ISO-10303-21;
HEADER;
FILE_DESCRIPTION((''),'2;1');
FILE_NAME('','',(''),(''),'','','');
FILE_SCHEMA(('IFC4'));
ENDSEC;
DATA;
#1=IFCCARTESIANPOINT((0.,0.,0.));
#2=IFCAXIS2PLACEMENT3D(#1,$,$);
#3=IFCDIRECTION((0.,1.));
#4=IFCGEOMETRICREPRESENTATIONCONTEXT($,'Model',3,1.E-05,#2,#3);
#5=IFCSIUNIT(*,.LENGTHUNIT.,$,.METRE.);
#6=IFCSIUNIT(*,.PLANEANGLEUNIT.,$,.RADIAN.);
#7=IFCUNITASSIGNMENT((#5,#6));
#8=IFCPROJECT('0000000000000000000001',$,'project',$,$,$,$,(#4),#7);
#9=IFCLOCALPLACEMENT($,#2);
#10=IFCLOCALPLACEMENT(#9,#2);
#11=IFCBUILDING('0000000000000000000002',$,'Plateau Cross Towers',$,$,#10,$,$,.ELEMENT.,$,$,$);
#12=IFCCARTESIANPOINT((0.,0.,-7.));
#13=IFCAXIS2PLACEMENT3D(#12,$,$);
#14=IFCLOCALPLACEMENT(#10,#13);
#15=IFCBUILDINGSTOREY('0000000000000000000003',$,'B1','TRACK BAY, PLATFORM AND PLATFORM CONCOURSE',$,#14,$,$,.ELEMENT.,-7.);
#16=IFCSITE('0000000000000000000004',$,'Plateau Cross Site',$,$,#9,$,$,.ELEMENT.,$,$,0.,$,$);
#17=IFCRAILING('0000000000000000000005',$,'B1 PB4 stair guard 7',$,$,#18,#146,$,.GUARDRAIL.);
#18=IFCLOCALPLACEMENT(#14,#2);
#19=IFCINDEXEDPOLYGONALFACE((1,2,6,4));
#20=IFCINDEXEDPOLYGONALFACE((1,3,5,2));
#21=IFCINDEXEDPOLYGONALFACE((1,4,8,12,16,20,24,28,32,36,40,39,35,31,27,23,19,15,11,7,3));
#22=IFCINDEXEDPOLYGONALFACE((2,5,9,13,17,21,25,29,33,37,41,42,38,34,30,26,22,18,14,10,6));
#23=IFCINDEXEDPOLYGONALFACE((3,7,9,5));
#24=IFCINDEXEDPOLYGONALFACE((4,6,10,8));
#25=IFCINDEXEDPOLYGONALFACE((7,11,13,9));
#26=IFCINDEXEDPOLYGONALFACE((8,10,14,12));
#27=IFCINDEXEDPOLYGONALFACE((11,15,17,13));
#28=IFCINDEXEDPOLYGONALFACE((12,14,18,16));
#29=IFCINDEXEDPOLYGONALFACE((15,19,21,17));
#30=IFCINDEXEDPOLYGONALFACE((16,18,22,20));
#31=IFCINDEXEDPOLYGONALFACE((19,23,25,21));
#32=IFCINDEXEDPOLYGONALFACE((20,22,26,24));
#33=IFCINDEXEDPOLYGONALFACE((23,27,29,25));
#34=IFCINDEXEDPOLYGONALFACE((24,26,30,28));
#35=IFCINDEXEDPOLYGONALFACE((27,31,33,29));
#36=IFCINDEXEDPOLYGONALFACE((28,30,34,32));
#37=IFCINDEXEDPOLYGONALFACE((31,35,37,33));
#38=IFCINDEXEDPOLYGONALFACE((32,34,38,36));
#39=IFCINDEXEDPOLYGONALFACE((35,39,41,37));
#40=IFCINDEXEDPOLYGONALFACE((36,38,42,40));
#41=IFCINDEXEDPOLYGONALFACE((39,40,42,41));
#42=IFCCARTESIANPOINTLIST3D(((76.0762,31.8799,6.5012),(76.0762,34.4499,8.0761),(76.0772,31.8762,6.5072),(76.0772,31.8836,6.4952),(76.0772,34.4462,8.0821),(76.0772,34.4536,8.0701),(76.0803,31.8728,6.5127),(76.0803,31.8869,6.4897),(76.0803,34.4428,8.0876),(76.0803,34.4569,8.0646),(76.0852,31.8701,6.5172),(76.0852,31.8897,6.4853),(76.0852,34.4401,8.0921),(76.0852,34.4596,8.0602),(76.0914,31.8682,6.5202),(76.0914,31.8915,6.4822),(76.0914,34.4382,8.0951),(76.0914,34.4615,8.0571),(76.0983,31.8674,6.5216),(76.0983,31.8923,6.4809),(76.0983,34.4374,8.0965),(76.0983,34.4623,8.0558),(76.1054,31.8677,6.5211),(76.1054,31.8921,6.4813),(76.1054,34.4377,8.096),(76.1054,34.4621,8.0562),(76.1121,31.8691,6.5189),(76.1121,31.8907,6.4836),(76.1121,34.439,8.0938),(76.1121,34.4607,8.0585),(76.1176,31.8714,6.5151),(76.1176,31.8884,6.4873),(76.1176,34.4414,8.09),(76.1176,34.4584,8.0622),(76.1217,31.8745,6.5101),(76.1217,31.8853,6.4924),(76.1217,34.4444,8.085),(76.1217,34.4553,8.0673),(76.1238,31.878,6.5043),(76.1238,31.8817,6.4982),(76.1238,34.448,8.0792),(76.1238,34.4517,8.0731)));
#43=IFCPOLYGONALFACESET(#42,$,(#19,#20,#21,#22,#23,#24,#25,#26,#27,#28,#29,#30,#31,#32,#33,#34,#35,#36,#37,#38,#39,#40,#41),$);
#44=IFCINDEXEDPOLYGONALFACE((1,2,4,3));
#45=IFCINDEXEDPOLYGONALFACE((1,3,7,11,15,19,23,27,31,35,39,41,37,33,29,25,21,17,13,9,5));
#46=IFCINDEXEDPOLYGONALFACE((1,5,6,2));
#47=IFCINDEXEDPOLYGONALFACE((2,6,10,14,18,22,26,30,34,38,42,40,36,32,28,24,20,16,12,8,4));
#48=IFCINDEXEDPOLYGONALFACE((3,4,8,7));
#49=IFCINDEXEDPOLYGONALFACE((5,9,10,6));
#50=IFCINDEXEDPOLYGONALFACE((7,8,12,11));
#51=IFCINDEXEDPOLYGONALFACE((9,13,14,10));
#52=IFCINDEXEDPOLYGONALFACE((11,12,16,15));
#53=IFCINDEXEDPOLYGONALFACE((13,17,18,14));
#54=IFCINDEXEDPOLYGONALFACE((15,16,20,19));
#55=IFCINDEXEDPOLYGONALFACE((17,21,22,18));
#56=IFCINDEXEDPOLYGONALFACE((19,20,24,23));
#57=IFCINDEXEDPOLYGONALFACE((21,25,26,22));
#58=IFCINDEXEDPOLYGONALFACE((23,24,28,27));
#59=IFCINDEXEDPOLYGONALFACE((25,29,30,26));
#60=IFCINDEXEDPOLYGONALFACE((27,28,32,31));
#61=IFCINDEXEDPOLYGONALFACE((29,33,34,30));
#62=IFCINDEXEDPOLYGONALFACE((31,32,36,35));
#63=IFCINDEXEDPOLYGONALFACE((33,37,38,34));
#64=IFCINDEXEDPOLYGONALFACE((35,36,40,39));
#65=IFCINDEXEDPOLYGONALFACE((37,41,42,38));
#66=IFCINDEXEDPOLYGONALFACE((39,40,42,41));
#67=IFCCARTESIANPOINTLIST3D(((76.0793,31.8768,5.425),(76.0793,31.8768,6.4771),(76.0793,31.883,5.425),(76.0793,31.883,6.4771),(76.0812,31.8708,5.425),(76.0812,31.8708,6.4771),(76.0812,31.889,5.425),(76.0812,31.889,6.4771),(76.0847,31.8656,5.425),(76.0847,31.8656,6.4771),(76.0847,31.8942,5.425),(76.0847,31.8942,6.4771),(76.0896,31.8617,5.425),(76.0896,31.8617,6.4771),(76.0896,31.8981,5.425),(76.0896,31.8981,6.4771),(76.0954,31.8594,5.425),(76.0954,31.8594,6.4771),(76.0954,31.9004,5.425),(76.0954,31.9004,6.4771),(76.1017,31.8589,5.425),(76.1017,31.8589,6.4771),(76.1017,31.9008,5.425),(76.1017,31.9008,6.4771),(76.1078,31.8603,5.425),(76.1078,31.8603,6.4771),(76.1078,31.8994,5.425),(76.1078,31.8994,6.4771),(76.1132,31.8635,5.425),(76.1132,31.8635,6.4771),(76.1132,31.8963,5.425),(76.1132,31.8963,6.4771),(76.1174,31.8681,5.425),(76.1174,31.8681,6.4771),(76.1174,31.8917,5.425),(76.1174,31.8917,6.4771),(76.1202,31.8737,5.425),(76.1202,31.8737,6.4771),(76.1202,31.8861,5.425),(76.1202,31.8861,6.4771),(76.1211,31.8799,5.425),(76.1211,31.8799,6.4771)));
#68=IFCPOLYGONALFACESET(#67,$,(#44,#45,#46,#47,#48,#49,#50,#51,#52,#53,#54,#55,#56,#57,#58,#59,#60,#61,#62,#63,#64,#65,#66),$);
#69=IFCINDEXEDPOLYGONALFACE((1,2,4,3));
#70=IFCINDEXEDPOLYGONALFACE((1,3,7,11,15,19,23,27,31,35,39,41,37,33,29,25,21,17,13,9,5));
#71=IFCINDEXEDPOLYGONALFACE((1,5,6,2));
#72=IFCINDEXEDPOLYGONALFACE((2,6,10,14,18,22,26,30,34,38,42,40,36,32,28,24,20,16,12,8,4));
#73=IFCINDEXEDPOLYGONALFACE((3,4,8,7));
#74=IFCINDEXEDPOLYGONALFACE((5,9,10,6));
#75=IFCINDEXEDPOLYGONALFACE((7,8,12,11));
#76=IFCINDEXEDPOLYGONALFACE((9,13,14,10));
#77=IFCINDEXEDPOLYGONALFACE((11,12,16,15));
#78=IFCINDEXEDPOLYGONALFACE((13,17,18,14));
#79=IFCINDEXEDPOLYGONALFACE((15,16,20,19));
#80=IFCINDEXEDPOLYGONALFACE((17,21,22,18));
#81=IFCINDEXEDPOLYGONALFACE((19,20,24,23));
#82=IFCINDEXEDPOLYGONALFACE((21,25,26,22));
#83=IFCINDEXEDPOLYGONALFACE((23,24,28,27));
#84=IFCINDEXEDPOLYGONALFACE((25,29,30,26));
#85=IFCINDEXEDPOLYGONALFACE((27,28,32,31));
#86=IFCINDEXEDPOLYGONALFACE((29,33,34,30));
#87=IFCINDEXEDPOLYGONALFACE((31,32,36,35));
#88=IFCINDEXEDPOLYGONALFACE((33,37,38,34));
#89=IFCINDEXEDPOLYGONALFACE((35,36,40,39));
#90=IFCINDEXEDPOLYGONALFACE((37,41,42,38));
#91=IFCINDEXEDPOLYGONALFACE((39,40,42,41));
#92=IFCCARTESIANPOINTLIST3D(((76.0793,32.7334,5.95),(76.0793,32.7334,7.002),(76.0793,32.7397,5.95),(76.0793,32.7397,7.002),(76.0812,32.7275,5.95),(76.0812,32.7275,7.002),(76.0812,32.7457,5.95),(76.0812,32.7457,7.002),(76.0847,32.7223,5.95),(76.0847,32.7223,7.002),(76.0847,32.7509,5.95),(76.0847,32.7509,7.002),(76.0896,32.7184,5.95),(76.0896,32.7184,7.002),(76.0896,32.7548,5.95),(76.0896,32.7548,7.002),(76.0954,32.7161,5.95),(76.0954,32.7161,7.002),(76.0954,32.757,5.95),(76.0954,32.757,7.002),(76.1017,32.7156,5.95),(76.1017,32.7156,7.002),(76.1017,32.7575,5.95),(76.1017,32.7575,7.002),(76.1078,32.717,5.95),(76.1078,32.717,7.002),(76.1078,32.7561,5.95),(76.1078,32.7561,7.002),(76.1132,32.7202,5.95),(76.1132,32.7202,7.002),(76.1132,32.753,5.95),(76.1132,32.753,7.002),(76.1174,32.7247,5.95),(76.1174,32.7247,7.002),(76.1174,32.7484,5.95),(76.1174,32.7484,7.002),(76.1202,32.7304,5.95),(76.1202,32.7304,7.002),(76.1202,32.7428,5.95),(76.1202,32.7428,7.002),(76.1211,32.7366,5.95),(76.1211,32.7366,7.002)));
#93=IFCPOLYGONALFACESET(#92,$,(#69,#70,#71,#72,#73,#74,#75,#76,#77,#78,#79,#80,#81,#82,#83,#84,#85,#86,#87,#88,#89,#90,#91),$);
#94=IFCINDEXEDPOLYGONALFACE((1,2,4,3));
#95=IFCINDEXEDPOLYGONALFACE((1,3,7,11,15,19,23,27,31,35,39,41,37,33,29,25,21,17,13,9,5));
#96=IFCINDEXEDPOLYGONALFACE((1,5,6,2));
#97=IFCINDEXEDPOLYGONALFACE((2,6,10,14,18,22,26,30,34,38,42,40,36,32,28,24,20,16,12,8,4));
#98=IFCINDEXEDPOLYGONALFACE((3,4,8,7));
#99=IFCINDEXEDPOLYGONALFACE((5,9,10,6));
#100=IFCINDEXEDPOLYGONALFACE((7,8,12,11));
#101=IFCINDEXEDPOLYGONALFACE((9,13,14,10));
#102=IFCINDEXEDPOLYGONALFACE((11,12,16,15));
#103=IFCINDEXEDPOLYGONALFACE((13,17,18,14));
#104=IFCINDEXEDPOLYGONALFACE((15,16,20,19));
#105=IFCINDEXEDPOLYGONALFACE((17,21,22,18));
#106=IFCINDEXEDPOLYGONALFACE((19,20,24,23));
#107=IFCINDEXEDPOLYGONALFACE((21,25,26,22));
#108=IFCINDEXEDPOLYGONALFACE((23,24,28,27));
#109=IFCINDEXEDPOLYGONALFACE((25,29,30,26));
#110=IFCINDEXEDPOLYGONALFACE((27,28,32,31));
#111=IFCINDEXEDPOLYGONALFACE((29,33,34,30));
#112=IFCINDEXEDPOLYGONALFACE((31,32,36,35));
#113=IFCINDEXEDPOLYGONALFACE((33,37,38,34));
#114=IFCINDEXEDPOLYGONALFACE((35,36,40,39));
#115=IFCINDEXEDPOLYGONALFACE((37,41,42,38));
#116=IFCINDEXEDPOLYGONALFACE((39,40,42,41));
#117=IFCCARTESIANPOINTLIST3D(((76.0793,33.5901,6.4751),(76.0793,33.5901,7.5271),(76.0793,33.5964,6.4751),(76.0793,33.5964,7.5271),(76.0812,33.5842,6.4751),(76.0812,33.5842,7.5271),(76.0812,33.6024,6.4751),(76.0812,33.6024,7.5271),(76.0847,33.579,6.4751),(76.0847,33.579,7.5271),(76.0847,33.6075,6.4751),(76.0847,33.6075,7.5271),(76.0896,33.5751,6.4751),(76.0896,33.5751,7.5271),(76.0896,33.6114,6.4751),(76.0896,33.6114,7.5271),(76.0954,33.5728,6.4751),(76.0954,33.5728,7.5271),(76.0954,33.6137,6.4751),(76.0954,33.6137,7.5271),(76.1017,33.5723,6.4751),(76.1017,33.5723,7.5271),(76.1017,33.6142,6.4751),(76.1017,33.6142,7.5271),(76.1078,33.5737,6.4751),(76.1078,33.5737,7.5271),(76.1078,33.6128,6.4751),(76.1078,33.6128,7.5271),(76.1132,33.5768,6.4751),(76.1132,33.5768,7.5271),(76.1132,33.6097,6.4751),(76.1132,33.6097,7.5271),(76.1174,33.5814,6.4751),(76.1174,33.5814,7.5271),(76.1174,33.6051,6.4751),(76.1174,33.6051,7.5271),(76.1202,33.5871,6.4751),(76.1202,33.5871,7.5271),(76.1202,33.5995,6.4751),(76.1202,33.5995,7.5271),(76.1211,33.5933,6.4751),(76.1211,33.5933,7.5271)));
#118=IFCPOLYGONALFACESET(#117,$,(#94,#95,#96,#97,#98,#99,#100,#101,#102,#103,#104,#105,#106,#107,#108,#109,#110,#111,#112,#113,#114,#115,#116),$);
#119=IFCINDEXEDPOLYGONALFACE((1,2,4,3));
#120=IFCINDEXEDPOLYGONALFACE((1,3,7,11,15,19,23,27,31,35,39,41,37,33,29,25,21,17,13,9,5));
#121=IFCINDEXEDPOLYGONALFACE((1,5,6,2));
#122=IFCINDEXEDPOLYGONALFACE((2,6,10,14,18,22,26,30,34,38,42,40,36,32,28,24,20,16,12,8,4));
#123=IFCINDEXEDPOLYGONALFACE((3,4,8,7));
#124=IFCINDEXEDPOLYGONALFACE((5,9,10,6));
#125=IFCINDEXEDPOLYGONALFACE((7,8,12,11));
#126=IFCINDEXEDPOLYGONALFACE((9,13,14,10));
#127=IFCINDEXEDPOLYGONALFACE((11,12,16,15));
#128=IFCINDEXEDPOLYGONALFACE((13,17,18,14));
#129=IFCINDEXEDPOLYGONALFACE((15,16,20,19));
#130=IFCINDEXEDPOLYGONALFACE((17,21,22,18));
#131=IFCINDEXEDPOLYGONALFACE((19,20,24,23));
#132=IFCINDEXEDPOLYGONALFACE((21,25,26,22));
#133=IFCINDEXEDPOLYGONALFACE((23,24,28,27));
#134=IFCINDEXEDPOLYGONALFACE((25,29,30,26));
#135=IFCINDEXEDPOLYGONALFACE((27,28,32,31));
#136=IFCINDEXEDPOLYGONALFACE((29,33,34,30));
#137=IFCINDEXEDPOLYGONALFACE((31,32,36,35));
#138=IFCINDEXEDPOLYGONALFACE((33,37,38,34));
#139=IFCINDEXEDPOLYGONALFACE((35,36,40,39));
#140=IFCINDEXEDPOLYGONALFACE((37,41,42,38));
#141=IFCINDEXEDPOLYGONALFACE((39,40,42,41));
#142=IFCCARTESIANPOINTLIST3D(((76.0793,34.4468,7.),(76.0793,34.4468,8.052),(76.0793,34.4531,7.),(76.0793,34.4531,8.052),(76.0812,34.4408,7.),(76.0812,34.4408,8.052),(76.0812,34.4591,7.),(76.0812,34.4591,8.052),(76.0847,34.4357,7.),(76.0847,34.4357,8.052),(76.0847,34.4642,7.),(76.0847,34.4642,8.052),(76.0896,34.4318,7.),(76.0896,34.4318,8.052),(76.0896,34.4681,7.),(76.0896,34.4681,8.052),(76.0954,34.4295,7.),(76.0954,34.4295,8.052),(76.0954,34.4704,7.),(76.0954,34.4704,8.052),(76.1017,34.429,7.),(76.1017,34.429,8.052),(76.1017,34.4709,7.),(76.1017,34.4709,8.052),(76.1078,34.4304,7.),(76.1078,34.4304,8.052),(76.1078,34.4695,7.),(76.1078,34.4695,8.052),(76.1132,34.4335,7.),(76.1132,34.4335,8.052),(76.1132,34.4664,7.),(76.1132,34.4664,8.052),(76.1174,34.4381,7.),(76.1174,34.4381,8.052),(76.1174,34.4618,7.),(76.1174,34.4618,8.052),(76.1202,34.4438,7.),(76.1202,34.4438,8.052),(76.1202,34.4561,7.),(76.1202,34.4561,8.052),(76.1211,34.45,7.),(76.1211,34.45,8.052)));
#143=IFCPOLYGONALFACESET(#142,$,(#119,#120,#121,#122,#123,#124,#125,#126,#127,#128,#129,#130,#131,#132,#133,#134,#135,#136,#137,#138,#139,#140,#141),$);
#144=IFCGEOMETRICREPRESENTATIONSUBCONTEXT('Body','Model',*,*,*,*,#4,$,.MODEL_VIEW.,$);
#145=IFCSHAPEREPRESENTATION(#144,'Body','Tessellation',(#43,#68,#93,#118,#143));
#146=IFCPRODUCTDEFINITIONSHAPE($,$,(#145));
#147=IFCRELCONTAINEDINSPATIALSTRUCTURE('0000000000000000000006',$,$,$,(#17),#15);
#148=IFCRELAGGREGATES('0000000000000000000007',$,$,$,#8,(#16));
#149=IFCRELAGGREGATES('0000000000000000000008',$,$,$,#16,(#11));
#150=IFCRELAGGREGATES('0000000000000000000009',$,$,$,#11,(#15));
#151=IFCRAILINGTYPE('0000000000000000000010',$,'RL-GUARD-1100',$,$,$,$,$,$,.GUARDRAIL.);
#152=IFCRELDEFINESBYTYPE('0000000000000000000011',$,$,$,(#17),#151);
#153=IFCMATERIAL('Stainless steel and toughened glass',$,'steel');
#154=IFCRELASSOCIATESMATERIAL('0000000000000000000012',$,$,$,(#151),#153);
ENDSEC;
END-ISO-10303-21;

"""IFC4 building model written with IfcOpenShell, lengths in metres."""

from ifc_helpers import new_model, si_unit, direction, frame, origin, origin_2d, place, context, subcontext, project, spatial, circle, extrude, material, type_object, element, save


model = new_model("IFC4")

# Units and contexts
model_context = context("Model", 3, precision=1e-05, world=origin(), true_north=direction((0.0, 1.0)))
body_context = subcontext(model_context, "Body", "Model", "MODEL_VIEW")
ifc_project = project(units=[si_unit("LENGTHUNIT", "METRE"), si_unit("PLANEANGLEUNIT", "RADIAN")], contexts=[model_context])

# Site, building, storey
site_placement = place(None, origin())
site = spatial("IfcSite", under=ifc_project, at=site_placement, Name="Plateau Cross Site", CompositionType="ELEMENT", RefElevation=0.0)
building_placement = place(site_placement, origin())
building = spatial("IfcBuilding", under=site, at=building_placement, Name="Plateau Cross Towers", CompositionType="ELEMENT")
storey_placement = place(building_placement, frame((0.0, 0.0, -7.0)))
storey = spatial("IfcBuildingStorey", under=building, at=storey_placement, Name="B1", Description="TRACK BAY, PLATFORM AND PLATFORM CONCOURSE", CompositionType="ELEMENT", Elevation=-7.0)

# Railing
ifc_material_1 = material(Name="Stainless steel and toughened glass", Category="steel")
railing_type_1 = type_object("IfcRailingType", Name="RL-GUARD-1100", PredefinedType="GUARDRAIL", material=ifc_material_1)
railing_1_placement = place(storey_placement, frame((76.1001, 31.8799, 5.425)))
element("IfcRailing", 1, at=railing_1_placement, inside=storey, type_object=railing_type_1, Name="B1 PB4 stair guard 7", PredefinedType="GUARDRAIL", context=body_context, shape_type="SweptSolid", body=[
    extrude(circle(Radius=0.0239, at=origin_2d()), frame((0.0, 0.0, 1.0762), z_axis=(0.0, 0.852639, 0.522501), x_axis=(-1.0, 0.0, 0.0)), (0.0, 0.0, 1.0), 3.0142),
    extrude(circle(Radius=0.021, at=origin_2d()), origin(), (0.0, 0.0, 1.0), 1.052),
    extrude(circle(Radius=0.021, at=origin_2d()), frame((0.0, 0.8567, 0.5249)), (0.0, 0.0, 1.0), 1.052),
    extrude(circle(Radius=0.021, at=origin_2d()), frame((0.0, 1.7134, 1.05)), (0.0, 0.0, 1.0), 1.052),
    extrude(circle(Radius=0.021, at=origin_2d()), frame((0.0, 2.5701, 1.575)), (0.0, 0.0, 1.0), 1.052),
])

save(model, "model.ifc")
